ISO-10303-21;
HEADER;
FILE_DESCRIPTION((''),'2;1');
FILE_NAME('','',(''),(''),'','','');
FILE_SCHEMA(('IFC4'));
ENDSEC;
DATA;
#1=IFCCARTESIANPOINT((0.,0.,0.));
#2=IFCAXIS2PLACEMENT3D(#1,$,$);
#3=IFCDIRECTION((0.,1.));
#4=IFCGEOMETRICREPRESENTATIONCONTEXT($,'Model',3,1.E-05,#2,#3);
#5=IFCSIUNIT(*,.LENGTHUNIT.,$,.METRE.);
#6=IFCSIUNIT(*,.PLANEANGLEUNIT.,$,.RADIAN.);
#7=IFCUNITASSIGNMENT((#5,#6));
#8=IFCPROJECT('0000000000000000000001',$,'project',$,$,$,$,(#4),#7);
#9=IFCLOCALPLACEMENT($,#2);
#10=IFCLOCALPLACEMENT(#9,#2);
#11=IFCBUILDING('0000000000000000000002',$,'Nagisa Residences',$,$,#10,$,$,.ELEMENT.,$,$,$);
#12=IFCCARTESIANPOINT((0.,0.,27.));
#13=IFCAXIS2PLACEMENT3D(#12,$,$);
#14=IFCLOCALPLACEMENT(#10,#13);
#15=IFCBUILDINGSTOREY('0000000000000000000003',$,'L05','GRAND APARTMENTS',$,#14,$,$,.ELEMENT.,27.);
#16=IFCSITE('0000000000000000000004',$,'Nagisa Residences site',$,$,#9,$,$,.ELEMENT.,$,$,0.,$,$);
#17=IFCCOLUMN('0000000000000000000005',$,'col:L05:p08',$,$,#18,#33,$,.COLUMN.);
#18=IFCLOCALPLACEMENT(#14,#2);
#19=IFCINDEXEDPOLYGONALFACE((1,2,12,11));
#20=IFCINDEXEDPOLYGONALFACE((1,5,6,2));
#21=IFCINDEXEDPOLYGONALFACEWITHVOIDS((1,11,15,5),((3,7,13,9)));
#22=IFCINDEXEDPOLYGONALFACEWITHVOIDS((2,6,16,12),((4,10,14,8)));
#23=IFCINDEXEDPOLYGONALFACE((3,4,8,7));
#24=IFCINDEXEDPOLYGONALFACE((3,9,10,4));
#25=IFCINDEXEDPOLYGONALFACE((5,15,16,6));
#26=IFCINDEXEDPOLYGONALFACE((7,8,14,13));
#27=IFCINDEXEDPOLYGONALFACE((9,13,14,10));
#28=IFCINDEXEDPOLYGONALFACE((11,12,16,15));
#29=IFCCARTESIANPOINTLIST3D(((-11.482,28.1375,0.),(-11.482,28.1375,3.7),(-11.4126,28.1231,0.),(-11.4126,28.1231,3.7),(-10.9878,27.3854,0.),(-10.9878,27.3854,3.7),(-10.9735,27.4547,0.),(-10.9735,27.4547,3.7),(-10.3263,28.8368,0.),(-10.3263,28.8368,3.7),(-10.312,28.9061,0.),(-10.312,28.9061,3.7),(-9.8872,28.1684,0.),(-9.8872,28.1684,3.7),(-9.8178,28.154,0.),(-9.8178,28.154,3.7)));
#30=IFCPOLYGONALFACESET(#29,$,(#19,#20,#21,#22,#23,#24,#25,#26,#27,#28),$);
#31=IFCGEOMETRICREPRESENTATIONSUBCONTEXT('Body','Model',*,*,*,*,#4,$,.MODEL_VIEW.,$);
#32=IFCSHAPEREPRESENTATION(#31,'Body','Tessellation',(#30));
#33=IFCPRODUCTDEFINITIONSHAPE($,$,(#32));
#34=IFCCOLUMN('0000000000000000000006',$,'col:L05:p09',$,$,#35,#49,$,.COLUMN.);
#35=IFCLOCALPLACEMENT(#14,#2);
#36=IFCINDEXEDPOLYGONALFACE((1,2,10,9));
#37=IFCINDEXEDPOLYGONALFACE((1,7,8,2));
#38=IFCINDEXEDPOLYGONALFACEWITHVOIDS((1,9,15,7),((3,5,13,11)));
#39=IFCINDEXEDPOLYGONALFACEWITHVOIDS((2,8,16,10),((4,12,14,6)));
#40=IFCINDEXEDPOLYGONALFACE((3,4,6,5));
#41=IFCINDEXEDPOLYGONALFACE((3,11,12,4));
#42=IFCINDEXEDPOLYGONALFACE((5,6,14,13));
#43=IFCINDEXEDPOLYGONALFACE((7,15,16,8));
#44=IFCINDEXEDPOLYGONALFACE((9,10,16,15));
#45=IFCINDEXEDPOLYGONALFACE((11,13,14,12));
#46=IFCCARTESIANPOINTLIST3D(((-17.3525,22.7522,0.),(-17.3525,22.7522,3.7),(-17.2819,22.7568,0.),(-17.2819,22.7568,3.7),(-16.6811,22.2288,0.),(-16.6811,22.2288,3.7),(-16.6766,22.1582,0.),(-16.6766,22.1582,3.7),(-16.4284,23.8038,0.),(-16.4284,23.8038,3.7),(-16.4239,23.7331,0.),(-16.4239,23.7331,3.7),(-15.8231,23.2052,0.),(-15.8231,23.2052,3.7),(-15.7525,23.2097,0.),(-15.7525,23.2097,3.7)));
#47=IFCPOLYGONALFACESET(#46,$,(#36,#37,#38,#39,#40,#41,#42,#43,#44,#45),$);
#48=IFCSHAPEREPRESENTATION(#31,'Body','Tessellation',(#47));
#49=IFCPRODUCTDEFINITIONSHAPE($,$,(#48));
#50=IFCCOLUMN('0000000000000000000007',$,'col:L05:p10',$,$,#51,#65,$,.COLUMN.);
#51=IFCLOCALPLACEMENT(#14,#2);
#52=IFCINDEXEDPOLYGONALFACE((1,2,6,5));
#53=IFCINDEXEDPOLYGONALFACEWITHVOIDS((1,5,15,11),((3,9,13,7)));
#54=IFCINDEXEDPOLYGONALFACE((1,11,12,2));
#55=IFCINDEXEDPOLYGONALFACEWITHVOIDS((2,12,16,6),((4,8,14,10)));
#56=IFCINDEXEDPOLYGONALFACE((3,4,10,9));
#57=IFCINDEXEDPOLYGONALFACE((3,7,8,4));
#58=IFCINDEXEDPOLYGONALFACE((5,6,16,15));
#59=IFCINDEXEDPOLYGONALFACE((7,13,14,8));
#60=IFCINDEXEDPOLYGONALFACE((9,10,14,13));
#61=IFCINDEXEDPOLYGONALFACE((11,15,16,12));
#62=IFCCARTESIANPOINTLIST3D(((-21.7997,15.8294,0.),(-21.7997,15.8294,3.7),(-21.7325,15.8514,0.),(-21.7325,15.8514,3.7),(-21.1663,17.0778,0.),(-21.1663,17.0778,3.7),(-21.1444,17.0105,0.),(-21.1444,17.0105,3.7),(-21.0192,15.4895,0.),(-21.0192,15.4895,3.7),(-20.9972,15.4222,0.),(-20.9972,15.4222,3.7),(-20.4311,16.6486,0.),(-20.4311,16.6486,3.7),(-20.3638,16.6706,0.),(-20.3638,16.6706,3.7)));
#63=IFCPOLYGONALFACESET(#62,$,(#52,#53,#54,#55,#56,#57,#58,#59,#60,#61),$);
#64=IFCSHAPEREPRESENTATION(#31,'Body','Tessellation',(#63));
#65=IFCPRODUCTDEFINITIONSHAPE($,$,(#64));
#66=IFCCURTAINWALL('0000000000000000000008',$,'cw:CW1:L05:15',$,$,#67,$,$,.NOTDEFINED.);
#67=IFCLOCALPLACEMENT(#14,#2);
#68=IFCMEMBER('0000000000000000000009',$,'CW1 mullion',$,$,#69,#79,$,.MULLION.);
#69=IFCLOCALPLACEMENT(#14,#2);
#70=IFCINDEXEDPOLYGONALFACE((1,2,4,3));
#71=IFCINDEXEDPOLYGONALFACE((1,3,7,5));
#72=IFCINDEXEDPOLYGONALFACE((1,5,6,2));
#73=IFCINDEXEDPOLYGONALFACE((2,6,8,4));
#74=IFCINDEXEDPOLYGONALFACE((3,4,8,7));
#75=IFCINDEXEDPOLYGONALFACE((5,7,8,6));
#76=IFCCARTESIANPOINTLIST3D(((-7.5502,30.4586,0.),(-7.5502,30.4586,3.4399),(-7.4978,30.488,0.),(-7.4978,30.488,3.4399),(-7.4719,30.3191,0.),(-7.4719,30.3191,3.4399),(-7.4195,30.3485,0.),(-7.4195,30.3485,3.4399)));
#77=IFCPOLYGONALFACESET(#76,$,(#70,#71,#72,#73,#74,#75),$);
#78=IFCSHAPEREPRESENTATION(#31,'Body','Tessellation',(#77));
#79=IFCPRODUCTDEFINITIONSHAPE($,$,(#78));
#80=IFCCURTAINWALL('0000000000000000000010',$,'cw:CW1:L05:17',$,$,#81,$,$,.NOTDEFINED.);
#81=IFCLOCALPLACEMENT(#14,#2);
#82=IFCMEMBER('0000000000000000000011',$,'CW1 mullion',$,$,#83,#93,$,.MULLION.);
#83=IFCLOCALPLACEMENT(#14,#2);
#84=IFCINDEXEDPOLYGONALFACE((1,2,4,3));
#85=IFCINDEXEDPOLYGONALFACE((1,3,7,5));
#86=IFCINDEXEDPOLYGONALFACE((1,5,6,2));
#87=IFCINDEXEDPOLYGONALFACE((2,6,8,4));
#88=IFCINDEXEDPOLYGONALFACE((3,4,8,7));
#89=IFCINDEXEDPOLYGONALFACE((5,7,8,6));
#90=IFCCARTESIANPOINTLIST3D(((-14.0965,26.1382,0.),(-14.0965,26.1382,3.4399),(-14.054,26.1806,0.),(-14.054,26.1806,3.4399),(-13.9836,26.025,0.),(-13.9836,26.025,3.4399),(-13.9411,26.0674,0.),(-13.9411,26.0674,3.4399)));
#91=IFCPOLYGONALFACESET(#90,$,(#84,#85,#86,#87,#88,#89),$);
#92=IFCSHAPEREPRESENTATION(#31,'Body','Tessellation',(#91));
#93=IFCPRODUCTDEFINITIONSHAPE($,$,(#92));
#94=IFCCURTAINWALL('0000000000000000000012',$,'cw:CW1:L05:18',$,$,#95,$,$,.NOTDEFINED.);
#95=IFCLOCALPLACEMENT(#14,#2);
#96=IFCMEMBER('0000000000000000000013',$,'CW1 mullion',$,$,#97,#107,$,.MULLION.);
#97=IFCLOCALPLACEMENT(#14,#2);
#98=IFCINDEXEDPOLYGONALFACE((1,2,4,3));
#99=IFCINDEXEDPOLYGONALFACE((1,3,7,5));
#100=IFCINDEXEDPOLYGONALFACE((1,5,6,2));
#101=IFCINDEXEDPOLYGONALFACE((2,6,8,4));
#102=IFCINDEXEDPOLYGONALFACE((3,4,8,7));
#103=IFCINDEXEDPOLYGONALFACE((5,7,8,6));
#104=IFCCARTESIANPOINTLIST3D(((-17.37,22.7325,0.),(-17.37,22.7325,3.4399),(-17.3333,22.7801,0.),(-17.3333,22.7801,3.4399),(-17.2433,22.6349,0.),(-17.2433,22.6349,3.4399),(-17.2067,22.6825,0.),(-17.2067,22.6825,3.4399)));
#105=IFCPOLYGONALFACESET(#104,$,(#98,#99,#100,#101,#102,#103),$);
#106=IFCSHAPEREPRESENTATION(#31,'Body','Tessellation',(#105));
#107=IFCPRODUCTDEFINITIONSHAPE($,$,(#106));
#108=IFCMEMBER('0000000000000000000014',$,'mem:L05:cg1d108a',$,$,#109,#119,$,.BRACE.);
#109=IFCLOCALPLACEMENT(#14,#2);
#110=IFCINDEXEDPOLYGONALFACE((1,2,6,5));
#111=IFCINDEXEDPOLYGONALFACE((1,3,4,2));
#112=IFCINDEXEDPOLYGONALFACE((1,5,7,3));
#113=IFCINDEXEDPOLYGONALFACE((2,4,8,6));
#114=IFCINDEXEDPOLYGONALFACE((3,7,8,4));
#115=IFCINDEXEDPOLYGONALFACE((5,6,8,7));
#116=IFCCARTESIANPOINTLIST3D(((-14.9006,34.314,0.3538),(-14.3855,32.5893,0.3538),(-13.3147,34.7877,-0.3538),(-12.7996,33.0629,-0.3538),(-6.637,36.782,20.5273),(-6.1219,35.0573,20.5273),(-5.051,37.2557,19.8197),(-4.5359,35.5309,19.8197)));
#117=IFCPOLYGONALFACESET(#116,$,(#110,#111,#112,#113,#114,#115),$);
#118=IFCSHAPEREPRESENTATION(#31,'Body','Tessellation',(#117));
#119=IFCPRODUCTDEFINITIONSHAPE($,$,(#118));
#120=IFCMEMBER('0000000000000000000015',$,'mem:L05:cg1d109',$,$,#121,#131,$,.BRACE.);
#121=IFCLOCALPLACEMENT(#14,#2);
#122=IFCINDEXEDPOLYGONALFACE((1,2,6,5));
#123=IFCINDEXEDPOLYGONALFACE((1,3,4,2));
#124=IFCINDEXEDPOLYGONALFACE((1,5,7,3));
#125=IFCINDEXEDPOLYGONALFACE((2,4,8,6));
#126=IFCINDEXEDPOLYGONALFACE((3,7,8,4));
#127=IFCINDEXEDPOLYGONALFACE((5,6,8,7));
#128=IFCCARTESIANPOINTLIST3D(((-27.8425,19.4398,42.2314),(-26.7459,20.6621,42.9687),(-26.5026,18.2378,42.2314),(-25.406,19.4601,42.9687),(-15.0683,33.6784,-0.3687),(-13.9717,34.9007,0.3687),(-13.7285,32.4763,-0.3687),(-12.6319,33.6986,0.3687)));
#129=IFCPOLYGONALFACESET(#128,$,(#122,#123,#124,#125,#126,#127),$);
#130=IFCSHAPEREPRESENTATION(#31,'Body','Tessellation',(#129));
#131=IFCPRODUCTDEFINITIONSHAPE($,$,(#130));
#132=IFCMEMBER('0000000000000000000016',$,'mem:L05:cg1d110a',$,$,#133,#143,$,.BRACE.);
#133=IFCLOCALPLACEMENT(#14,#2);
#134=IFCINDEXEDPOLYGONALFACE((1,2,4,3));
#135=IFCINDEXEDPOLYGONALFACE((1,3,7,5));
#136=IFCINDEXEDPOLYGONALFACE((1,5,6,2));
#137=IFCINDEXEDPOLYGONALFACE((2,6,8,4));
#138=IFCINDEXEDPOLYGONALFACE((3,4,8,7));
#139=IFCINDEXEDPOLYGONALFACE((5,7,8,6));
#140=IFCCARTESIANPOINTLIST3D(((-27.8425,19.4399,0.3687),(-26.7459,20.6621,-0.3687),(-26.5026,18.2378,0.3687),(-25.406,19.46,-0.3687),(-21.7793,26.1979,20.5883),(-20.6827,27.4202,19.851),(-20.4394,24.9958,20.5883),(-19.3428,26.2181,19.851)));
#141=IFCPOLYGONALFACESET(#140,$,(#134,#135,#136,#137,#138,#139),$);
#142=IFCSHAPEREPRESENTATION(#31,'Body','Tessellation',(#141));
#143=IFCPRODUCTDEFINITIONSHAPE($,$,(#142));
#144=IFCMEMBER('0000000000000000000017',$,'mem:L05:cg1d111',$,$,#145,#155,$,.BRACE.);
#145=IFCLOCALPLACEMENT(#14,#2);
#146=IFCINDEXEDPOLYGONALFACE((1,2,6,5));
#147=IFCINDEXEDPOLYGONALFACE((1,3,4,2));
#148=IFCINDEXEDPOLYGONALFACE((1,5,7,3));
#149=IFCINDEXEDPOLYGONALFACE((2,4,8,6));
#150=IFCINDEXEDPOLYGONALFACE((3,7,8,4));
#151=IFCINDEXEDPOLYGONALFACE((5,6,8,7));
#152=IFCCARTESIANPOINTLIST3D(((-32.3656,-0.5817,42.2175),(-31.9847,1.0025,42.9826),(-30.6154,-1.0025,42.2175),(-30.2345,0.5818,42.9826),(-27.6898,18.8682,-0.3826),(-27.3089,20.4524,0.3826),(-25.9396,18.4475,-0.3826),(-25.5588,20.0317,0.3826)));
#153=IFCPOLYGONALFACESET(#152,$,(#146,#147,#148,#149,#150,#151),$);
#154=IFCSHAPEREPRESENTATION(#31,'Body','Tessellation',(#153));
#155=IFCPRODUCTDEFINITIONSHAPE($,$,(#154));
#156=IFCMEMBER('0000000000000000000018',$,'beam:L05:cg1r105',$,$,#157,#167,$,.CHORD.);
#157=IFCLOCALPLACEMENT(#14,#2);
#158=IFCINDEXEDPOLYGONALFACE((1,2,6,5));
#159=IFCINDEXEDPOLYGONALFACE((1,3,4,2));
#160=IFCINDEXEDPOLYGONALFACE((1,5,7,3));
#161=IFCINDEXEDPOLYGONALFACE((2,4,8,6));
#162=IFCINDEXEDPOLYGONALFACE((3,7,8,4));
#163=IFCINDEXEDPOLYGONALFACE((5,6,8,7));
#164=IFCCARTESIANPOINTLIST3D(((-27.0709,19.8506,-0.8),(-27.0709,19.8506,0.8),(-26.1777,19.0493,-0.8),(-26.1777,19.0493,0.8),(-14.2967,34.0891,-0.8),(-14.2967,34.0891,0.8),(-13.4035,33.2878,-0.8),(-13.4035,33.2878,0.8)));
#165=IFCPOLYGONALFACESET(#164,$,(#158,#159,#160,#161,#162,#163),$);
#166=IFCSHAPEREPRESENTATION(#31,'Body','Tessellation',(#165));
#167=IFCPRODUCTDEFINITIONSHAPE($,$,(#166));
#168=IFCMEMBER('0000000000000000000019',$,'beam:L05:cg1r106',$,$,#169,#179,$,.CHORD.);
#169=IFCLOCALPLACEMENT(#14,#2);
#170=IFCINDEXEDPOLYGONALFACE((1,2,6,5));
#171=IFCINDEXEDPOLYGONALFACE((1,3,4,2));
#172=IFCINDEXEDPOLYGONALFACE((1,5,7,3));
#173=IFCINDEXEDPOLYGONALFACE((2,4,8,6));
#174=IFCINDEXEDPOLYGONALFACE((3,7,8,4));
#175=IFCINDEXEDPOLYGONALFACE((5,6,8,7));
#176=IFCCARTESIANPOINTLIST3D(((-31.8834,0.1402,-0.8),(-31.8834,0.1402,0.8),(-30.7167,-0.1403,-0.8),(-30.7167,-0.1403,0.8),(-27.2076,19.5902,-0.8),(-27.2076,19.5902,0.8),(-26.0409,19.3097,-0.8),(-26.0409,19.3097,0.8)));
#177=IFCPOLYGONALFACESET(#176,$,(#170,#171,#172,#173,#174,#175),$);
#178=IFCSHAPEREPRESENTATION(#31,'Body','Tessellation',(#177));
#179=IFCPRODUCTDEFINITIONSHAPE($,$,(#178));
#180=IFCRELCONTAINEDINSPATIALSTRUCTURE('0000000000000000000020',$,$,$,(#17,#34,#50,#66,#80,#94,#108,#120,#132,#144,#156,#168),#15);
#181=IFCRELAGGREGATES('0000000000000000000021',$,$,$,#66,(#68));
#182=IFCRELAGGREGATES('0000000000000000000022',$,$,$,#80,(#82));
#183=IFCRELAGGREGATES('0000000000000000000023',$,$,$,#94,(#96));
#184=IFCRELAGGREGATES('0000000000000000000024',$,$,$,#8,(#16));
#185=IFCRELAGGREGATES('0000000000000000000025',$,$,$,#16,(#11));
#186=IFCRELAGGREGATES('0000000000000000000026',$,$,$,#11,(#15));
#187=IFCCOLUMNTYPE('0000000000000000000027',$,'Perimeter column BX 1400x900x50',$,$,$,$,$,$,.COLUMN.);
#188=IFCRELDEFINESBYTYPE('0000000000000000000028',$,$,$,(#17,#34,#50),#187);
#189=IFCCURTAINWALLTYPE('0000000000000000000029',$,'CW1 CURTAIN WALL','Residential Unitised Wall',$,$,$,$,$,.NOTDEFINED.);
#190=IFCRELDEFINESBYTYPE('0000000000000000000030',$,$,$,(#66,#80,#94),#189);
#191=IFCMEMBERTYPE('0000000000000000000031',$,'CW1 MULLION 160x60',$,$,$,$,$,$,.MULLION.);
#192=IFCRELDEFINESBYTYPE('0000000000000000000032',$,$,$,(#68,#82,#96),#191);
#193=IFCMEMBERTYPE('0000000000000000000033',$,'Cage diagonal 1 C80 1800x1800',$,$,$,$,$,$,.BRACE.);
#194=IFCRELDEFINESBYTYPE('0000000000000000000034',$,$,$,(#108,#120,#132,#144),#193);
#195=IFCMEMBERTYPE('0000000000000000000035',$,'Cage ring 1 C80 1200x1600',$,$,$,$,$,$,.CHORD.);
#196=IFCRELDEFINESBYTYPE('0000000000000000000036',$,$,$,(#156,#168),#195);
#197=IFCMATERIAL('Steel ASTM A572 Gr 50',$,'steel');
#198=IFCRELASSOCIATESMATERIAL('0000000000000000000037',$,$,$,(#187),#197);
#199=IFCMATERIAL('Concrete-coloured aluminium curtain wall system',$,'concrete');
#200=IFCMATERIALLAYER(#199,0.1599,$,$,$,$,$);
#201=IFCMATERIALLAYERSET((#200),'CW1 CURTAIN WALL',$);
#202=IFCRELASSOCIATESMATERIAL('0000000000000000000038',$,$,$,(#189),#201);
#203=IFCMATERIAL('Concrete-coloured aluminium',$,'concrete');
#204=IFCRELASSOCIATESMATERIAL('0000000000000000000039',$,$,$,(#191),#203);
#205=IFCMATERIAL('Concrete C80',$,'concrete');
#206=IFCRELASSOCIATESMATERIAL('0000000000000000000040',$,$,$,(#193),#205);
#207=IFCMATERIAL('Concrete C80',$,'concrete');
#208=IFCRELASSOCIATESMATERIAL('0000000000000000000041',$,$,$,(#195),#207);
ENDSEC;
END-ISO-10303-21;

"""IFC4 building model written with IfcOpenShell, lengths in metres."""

from ifc_helpers import new_model, si_unit, direction, frame, origin, origin_2d, place, context, subcontext, project, spatial, rectangle, hollow_rectangle, extrude, material, layer, layer_set, material_profile, profile_set, type_object, element, aggregate, save


model = new_model("IFC4")

# Units and contexts
model_context = context("Model", 3, precision=1e-05, world=origin(), true_north=direction((0.0, 1.0)))
body_context = subcontext(model_context, "Body", "Model", "MODEL_VIEW")
ifc_project = project(units=[si_unit("LENGTHUNIT", "METRE"), si_unit("PLANEANGLEUNIT", "RADIAN")], contexts=[model_context])

# Site, building, storey
site_placement = place(None, origin())
site = spatial("IfcSite", under=ifc_project, at=site_placement, Name="Nagisa Residences site", CompositionType="ELEMENT", RefElevation=0.0)
building_placement = place(site_placement, origin())
building = spatial("IfcBuilding", under=site, at=building_placement, Name="Nagisa Residences", CompositionType="ELEMENT")
storey_placement = place(building_placement, frame((0.0, 0.0, 27.0)))
storey = spatial("IfcBuildingStorey", under=building, at=storey_placement, Name="L05", Description="GRAND APARTMENTS", CompositionType="ELEMENT", Elevation=27.0)

# Columns
ifc_material_1 = material(Name="Steel ASTM A572 Gr 50", Category="steel")
ifc_material_profile_1 = material_profile(ifc_material_1, hollow_rectangle(XDim=1.3999, YDim=0.8999, WallThickness=0.05, at=origin_2d()), Name="BX 1400x900x50")
ifc_profile_set_1 = profile_set([ifc_material_profile_1], Name="Steel ASTM A572 Gr 50")
column_type = type_object("IfcColumnType", Name="Perimeter column BX 1400x900x50", PredefinedType="COLUMN", material=ifc_profile_set_1)
for number, where, z_axis, x_axis, name in (
    (1, (-10.6499, 28.1458, 0.0), (0.0, 0.0, 1.0), (-0.835766, -0.549086, 0.0), "col:L05:p08"),
    (2, (-16.5525, 22.981, 0.0), (0.0, 0.0, 1.0), (-0.660115, -0.751165, 0.0), "col:L05:p09"),
    (3, (-21.0818, 16.25, 0.0), (0.0, 0.0, 1.0), (-0.452463, -0.891783, 0.0), "col:L05:p10"),
):
    element("IfcColumn", number, at=place(storey_placement, frame(where, z_axis=z_axis, x_axis=x_axis)), inside=storey, type_object=column_type, Name=name, PredefinedType="COLUMN", context=body_context, shape_type="SweptSolid", body=[
        extrude(hollow_rectangle(XDim=1.3999, YDim=0.8999, WallThickness=0.05, at=origin_2d()), origin(), (0.0, 0.0, 1.0), 3.7),
    ])

# Curtain walls, members
ifc_material_2 = material(Name="Concrete-coloured aluminium curtain wall system", Category="concrete")
ifc_layer_1 = layer(ifc_material_2, 0.1599)
ifc_layer_set_1 = layer_set([ifc_layer_1], Name="CW1 CURTAIN WALL")
curtain_wall_type = type_object("IfcCurtainWallType", Name="CW1 CURTAIN WALL", Description="Residential Unitised Wall", PredefinedType="NOTDEFINED", material=ifc_layer_set_1)
curtain_wall_1_placement = place(storey_placement, origin())
curtain_wall_1 = element("IfcCurtainWall", 4, at=curtain_wall_1_placement, inside=storey, type_object=curtain_wall_type, Name="cw:CW1:L05:15", PredefinedType="NOTDEFINED")
ifc_material_3 = material(Name="Concrete-coloured aluminium", Category="concrete")
ifc_material_profile_2 = material_profile(ifc_material_3, rectangle(XDim=0.1599, YDim=0.0601, at=origin_2d()), Name="CW1 MULLION 160x60")
ifc_profile_set_2 = profile_set([ifc_material_profile_2], Name="Concrete-coloured aluminium")
member_type_1 = type_object("IfcMemberType", Name="CW1 MULLION 160x60", PredefinedType="MULLION", material=ifc_profile_set_2)
member_1_placement = place(storey_placement, frame((-7.4849, 30.4036, 0.0), z_axis=(0.0, 0.0, 1.0), x_axis=(0.489377, -0.872072, 0.0)))
member_1 = element("IfcMember", 5, at=member_1_placement, type_object=member_type_1, Name="CW1 mullion", PredefinedType="MULLION", context=body_context, shape_type="SweptSolid", body=[
    extrude(rectangle(XDim=0.1599, YDim=0.0601, at=origin_2d()), origin(), (0.0, 0.0, 1.0), 3.4399),
])
aggregate(curtain_wall_1, [member_1])
curtain_wall_2_placement = place(storey_placement, origin())
curtain_wall_2 = element("IfcCurtainWall", 6, at=curtain_wall_2_placement, inside=storey, type_object=curtain_wall_type, Name="cw:CW1:L05:17", PredefinedType="NOTDEFINED")
member_2_placement = place(storey_placement, frame((-14.0188, 26.1028, 0.0), z_axis=(0.0, 0.0, 1.0), x_axis=(0.706377, -0.707836, 0.0)))
member_2 = element("IfcMember", 7, at=member_2_placement, type_object=member_type_1, Name="CW1 mullion", PredefinedType="MULLION", context=body_context, shape_type="SweptSolid", body=[
    extrude(rectangle(XDim=0.1599, YDim=0.0601, at=origin_2d()), origin(), (0.0, 0.0, 1.0), 3.4399),
])
aggregate(curtain_wall_2, [member_2])
curtain_wall_3_placement = place(storey_placement, origin())
curtain_wall_3 = element("IfcCurtainWall", 8, at=curtain_wall_3_placement, inside=storey, type_object=curtain_wall_type, Name="cw:CW1:L05:18", PredefinedType="NOTDEFINED")
member_3_placement = place(storey_placement, frame((-17.2883, 22.7075, 0.0), z_axis=(0.0, 0.0, 1.0), x_axis=(0.79207, -0.61043, 0.0)))
member_3 = element("IfcMember", 9, at=member_3_placement, type_object=member_type_1, Name="CW1 mullion", PredefinedType="MULLION", context=body_context, shape_type="SweptSolid", body=[
    extrude(rectangle(XDim=0.1599, YDim=0.0601, at=origin_2d()), origin(), (0.0, 0.0, 1.0), 3.4399),
])
aggregate(curtain_wall_3, [member_3])

# Members
ifc_material_4 = material(Name="Concrete C80", Category="concrete")
ifc_material_profile_3 = material_profile(ifc_material_4, rectangle(XDim=1.8, YDim=1.8, at=origin_2d()), Name="C80 1800x1800")
ifc_profile_set_3 = profile_set([ifc_material_profile_3], Name="Concrete C80")
member_type_2 = type_object("IfcMemberType", Name="Cage diagonal 1 C80 1800x1800", PredefinedType="BRACE", material=ifc_profile_set_3)
member_4_placement = place(storey_placement, frame((-13.8501, 33.6885, 0.0), z_axis=(0.376653, 0.112491, 0.919499), x_axis=(-0.286169, 0.958179, 0.0)))
element("IfcMember", 10, at=member_4_placement, inside=storey, type_object=member_type_2, Name="mem:L05:cg1d108a", PredefinedType="BRACE", context=body_context, shape_type="SweptSolid", body=[
    extrude(rectangle(XDim=1.8, YDim=1.8, at=origin_2d()), origin(), (0.0, 0.0, 1.0), 21.9397),
])
member_5_placement = place(storey_placement, frame((-13.8501, 33.6885, 0.0), z_axis=(-0.27355, -0.304908, 0.912251), x_axis=(0.744346, -0.667794, 0.0)))
element("IfcMember", 11, at=member_5_placement, inside=storey, type_object=member_type_2, Name="mem:L05:cg1d109", PredefinedType="BRACE", context=body_context, shape_type="SweptSolid", body=[
    extrude(rectangle(XDim=1.8, YDim=1.8, at=origin_2d()), origin(), (0.0, 0.0, 1.0), 46.6978),
])
member_6_placement = place(storey_placement, frame((-26.6243, 19.45, 0.0), z_axis=(0.273554, 0.304903, 0.912251), x_axis=(-0.744335, 0.667807, 0.0)))
element("IfcMember", 12, at=member_6_placement, inside=storey, type_object=member_type_2, Name="mem:L05:cg1d110a", PredefinedType="BRACE", context=body_context, shape_type="SweptSolid", body=[
    extrude(rectangle(XDim=1.8, YDim=1.8, at=origin_2d()), origin(), (0.0, 0.0, 1.0), 22.1646),
])
member_7_placement = place(storey_placement, frame((-26.6243, 19.45, 0.0), z_axis=(-0.099351, -0.413274, 0.905171), x_axis=(0.972299, -0.233741, 0.0)))
element("IfcMember", 13, at=member_7_placement, inside=storey, type_object=member_type_2, Name="mem:L05:cg1d111", PredefinedType="BRACE", context=body_context, shape_type="SweptSolid", body=[
    extrude(rectangle(XDim=1.8, YDim=1.8, at=origin_2d()), origin(), (0.0, 0.0, 1.0), 47.063),
])
ifc_material_5 = material(Name="Concrete C80", Category="concrete")
ifc_material_profile_4 = material_profile(ifc_material_5, rectangle(XDim=1.2, YDim=1.6001, at=origin_2d()), Name="C80 1200x1600")
ifc_profile_set_4 = profile_set([ifc_material_profile_4], Name="Concrete C80")
member_type_3 = type_object("IfcMemberType", Name="Cage ring 1 C80 1200x1600", PredefinedType="CHORD", material=ifc_profile_set_4)
member_8_placement = place(storey_placement, frame((-13.8501, 33.6885, 0.0), z_axis=(-0.667794, -0.744346, 0.0), x_axis=(0.744346, -0.667794, 0.0)))
element("IfcMember", 14, at=member_8_placement, inside=storey, type_object=member_type_3, Name="beam:L05:cg1r105", PredefinedType="CHORD", context=body_context, shape_type="SweptSolid", body=[
    extrude(rectangle(XDim=1.2, YDim=1.6001, at=origin_2d()), origin(), (0.0, 0.0, 1.0), 19.1289),
])
member_9_placement = place(storey_placement, frame((-26.6243, 19.45, 0.0), z_axis=(-0.233741, -0.972299, 0.0), x_axis=(0.972299, -0.233741, 0.0)))
element("IfcMember", 15, at=member_9_placement, inside=storey, type_object=member_type_3, Name="beam:L05:cg1r106", PredefinedType="CHORD", context=body_context, shape_type="SweptSolid", body=[
    extrude(rectangle(XDim=1.2, YDim=1.6001, at=origin_2d()), origin(), (0.0, 0.0, 1.0), 20.0042),
])

save(model, "model.ifc")
